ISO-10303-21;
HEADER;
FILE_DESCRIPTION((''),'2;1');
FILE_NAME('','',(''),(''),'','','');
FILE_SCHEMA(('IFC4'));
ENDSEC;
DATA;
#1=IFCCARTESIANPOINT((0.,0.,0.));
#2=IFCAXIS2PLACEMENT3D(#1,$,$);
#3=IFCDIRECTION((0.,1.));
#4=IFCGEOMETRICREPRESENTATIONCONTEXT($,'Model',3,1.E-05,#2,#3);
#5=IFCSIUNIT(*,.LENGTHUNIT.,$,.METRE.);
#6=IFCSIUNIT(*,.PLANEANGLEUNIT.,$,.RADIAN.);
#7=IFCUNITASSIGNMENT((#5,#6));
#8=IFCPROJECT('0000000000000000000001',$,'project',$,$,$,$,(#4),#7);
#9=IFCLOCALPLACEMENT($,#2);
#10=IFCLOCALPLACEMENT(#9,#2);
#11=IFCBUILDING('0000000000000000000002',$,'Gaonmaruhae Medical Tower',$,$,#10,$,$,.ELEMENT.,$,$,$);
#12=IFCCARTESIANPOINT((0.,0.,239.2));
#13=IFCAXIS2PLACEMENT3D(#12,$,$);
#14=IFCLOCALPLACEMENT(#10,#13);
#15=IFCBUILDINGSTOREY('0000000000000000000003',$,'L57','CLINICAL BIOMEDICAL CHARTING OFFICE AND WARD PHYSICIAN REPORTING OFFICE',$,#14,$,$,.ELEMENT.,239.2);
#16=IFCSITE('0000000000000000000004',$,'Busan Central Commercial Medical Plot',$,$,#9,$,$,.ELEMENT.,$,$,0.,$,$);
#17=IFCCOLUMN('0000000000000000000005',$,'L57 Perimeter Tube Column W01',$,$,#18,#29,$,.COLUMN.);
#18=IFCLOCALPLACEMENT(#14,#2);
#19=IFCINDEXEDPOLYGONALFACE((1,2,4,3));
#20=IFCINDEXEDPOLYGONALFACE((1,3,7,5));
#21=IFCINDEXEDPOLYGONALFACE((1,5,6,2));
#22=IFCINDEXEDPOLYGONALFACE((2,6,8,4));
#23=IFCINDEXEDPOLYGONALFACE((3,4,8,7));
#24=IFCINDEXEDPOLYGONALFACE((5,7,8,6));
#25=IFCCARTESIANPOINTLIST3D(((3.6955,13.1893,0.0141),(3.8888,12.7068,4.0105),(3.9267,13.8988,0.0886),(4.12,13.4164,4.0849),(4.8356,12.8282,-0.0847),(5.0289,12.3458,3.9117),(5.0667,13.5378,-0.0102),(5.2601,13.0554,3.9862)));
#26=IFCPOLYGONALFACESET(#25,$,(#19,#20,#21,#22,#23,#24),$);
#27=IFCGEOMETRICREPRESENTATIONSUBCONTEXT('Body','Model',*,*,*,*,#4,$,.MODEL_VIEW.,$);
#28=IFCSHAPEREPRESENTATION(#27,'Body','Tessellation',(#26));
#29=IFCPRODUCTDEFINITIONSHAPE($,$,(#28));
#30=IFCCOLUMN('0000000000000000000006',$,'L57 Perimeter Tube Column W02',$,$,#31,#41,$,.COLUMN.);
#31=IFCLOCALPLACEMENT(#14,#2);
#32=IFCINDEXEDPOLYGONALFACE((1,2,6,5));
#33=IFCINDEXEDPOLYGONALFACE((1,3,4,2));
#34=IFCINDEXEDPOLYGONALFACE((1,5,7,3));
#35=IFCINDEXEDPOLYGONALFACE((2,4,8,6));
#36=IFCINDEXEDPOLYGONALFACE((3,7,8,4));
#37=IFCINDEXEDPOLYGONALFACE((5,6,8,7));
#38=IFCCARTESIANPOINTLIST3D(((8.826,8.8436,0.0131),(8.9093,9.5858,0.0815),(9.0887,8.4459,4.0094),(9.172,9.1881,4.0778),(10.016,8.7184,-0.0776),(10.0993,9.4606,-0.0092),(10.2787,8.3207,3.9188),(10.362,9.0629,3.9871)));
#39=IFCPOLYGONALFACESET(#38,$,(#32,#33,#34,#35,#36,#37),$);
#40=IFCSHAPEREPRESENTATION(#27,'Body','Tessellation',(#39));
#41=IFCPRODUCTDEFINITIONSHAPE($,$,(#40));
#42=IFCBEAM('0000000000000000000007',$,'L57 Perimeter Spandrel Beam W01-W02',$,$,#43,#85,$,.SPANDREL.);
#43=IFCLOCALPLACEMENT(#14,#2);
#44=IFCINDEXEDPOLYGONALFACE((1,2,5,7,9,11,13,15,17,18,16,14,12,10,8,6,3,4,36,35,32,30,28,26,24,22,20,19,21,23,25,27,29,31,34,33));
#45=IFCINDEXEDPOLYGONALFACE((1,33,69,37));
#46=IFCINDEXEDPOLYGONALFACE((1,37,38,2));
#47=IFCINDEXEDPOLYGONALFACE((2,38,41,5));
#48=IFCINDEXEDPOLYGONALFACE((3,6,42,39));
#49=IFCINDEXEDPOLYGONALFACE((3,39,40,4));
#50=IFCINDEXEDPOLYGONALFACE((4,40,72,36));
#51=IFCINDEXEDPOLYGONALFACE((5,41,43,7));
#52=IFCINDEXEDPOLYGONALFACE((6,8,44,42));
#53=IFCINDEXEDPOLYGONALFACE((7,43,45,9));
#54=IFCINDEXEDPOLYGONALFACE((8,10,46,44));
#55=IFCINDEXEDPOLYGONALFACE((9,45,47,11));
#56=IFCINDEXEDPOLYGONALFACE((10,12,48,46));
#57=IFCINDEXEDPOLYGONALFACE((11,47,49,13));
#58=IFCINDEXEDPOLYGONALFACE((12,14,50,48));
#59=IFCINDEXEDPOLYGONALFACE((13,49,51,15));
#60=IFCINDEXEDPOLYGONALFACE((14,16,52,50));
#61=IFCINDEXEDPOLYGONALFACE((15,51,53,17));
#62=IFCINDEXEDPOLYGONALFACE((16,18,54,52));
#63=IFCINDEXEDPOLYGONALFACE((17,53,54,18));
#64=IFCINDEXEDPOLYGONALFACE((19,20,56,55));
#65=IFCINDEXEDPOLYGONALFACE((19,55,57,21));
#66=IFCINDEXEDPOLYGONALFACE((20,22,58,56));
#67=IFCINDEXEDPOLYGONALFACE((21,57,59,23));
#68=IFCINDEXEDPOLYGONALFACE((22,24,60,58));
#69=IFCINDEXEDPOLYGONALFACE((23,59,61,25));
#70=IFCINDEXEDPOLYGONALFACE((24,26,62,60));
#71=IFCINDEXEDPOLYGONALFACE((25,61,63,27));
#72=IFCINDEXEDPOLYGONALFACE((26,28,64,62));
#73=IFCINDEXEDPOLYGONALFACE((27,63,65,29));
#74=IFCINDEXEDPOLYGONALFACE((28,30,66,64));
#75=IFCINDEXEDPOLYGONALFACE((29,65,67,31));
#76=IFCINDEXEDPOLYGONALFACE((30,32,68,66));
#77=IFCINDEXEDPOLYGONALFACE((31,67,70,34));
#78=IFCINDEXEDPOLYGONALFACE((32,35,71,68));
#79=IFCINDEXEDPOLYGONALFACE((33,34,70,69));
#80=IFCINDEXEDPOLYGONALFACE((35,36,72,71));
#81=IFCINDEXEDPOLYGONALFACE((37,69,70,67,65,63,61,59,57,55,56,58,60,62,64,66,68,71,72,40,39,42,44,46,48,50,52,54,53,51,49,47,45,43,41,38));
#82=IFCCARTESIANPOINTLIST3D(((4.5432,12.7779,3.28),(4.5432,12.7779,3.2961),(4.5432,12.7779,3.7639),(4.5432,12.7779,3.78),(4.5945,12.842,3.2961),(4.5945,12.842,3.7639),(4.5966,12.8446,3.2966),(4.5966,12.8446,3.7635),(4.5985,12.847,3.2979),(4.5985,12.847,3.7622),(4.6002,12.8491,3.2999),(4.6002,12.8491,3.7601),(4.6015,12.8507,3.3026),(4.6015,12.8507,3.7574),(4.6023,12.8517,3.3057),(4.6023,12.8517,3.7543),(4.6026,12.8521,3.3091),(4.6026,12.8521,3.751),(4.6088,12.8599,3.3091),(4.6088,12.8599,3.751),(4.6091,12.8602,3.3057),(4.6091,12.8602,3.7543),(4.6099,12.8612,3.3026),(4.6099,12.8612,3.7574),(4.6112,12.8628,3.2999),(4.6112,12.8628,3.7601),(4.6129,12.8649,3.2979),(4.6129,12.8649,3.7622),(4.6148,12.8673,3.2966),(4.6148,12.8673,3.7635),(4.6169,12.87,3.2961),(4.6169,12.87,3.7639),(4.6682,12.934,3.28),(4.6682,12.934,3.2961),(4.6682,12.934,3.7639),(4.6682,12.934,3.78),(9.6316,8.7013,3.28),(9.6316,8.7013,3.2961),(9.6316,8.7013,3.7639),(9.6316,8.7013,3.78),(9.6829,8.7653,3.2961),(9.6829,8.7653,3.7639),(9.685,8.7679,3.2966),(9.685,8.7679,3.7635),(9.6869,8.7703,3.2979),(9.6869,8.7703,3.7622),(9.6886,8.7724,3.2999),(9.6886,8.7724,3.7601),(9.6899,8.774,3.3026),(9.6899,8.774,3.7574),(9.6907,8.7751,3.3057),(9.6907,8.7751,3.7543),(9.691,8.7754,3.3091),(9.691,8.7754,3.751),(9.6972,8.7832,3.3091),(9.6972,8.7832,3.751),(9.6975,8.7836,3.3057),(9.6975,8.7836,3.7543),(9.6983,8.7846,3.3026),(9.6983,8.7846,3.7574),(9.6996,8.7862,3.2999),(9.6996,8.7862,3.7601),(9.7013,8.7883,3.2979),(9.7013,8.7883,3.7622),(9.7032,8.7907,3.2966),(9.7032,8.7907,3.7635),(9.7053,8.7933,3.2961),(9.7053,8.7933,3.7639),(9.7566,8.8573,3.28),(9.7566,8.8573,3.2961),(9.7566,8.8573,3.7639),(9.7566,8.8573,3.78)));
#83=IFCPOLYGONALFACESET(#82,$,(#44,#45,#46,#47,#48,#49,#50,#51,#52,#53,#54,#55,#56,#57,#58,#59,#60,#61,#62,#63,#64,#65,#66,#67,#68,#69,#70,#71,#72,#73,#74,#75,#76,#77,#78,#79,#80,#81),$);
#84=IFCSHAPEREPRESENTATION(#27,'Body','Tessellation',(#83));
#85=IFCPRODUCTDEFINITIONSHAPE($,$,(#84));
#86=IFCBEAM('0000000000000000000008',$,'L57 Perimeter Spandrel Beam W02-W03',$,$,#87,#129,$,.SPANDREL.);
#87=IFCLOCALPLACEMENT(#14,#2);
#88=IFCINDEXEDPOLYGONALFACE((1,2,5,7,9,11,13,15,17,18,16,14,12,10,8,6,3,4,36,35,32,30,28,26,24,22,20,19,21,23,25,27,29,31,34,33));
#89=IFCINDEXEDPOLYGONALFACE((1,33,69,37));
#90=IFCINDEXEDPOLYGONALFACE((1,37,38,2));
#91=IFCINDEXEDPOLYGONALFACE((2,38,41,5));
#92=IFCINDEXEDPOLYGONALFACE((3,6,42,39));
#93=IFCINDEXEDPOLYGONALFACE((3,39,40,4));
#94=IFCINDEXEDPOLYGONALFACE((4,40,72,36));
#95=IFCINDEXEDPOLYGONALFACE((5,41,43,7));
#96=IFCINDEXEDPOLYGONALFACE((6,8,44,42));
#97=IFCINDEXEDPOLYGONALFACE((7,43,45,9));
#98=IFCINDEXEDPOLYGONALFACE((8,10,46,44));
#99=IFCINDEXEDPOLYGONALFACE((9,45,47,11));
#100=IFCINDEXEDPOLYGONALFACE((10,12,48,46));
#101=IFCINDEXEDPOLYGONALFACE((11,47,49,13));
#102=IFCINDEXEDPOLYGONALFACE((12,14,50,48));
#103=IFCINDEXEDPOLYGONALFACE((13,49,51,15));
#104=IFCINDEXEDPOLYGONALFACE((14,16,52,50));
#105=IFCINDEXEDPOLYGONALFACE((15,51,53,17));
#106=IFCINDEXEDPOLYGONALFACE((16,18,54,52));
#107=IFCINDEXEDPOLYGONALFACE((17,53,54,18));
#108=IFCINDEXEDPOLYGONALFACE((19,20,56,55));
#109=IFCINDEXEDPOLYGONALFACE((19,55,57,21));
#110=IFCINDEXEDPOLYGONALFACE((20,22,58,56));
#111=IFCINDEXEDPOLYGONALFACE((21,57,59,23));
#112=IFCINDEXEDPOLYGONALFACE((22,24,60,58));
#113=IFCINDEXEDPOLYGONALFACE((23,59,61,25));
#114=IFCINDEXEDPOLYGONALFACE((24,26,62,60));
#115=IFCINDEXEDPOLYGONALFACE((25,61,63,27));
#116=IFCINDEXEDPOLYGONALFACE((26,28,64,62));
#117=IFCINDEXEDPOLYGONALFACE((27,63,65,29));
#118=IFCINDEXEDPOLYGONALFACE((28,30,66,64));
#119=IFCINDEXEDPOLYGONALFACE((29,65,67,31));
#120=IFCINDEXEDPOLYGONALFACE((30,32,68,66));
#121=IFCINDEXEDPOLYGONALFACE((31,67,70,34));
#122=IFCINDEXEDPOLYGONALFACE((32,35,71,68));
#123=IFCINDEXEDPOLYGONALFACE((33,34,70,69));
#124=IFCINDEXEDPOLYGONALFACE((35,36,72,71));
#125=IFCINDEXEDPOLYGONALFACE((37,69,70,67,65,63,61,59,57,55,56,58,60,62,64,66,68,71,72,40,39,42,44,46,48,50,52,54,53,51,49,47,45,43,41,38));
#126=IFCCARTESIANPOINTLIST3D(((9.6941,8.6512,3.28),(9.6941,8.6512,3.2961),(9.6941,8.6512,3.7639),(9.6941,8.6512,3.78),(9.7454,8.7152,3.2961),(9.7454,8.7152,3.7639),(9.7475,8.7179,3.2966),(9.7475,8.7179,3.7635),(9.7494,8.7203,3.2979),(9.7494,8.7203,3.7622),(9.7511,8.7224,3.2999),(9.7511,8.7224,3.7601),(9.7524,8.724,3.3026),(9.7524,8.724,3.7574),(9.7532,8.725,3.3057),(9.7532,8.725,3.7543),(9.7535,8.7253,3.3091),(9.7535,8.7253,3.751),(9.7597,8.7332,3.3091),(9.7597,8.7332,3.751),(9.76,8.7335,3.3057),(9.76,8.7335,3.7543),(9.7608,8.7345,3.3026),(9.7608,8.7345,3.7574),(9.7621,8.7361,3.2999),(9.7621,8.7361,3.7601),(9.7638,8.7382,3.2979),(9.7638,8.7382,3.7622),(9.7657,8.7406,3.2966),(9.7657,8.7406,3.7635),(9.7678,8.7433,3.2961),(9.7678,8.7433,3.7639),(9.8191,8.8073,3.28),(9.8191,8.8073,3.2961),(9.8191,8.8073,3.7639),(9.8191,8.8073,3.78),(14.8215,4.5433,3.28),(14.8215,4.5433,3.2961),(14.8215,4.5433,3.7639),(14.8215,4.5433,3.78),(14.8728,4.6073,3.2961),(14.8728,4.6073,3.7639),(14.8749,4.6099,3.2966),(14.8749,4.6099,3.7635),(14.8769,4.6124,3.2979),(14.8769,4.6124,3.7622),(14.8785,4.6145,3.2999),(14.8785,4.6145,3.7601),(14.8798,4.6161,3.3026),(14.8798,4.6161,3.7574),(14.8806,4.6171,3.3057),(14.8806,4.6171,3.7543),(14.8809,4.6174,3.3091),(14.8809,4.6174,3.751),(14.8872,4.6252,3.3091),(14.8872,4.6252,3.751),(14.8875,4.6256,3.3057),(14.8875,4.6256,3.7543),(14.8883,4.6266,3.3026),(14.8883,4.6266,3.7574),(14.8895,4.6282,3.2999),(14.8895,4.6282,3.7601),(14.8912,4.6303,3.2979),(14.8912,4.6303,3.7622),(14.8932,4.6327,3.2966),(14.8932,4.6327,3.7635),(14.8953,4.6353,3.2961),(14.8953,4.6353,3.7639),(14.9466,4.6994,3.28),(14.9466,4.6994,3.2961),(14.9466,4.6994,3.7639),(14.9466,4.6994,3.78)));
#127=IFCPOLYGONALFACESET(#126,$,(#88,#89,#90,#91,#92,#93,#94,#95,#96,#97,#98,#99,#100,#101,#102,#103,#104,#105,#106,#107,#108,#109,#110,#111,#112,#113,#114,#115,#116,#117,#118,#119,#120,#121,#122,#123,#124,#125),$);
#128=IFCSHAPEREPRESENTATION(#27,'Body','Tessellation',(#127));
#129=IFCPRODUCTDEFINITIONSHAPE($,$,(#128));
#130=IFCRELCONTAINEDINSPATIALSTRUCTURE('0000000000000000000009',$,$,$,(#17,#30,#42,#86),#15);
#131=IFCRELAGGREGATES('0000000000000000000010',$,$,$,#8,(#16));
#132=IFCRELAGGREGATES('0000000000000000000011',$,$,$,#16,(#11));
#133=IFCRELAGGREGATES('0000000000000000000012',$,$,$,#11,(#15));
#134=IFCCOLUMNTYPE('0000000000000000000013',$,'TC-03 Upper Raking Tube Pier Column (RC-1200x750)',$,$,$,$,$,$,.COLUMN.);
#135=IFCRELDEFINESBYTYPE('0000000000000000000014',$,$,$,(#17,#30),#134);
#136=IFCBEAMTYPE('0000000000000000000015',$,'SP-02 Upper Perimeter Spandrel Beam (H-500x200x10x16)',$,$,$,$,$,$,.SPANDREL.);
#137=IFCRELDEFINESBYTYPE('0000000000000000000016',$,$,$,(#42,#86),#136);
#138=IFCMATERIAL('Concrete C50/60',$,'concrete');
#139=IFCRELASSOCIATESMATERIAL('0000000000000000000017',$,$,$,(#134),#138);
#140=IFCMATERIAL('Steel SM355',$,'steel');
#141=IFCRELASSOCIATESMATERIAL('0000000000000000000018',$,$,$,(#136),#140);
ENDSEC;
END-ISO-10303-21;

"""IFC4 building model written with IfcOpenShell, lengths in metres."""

from ifc_helpers import new_model, si_unit, direction, frame, origin, origin_2d, place, context, subcontext, project, spatial, rectangle, i_section, extrude, material, material_profile, profile_set, type_object, element, save


model = new_model("IFC4")

# Units and contexts
model_context = context("Model", 3, precision=1e-05, world=origin(), true_north=direction((0.0, 1.0)))
body_context = subcontext(model_context, "Body", "Model", "MODEL_VIEW")
ifc_project = project(units=[si_unit("LENGTHUNIT", "METRE"), si_unit("PLANEANGLEUNIT", "RADIAN")], contexts=[model_context])

# Site, building, storey
site_placement = place(None, origin())
site = spatial("IfcSite", under=ifc_project, at=site_placement, Name="Busan Central Commercial Medical Plot", CompositionType="ELEMENT", RefElevation=0.0)
building_placement = place(site_placement, origin())
building = spatial("IfcBuilding", under=site, at=building_placement, Name="Gaonmaruhae Medical Tower", CompositionType="ELEMENT")
storey_placement = place(building_placement, frame((0.0, 0.0, 239.2)))
storey = spatial("IfcBuildingStorey", under=building, at=storey_placement, Name="L57", Description="CLINICAL BIOMEDICAL CHARTING OFFICE AND WARD PHYSICIAN REPORTING OFFICE", CompositionType="ELEMENT", Elevation=239.2)

# Columns
ifc_material_1 = material(Name="Concrete C50/60", Category="concrete")
ifc_material_profile_1 = material_profile(ifc_material_1, rectangle(XDim=1.2, YDim=0.75, at=origin_2d()), Name="RC-1200x750")
ifc_profile_set_1 = profile_set([ifc_material_profile_1], Name="Concrete C50/60")
column_type = type_object("IfcColumnType", Name="TC-03 Upper Raking Tube Pier Column (RC-1200x750)", PredefinedType="COLUMN", material=ifc_profile_set_1)
column_1_placement = place(storey_placement, frame((4.3811, 13.3635, 0.002), z_axis=(0.04798, -0.119708, 0.991649), x_axis=(-0.950101, 0.300892, 0.082292)))
element("IfcColumn", 1, at=column_1_placement, inside=storey, type_object=column_type, Name="L57 Perimeter Tube Column W01", PredefinedType="COLUMN", context=body_context, shape_type="SweptSolid", body=[
    extrude(rectangle(XDim=1.2, YDim=0.75, at=origin_2d()), origin(), (0.0, 0.0, 1.0), 4.03),
])
column_2_placement = place(storey_placement, frame((9.4626, 9.1521, 0.002), z_axis=(0.065271, -0.098817, 0.992963), x_axis=(-0.991668, 0.104324, 0.075568)))
element("IfcColumn", 2, at=column_2_placement, inside=storey, type_object=column_type, Name="L57 Perimeter Tube Column W02", PredefinedType="COLUMN", context=body_context, shape_type="SweptSolid", body=[
    extrude(rectangle(XDim=1.2, YDim=0.75, at=origin_2d()), origin(), (0.0, 0.0, 1.0), 4.0247),
])

# Beams
ifc_material_2 = material(Name="Steel SM355", Category="steel")
ifc_material_profile_2 = material_profile(ifc_material_2, i_section(OverallWidth=0.2, OverallDepth=0.5, WebThickness=0.01, FlangeThickness=0.0161, FilletRadius=0.0129, at=origin_2d()), Name="H-500x200x10x16")
ifc_profile_set_2 = profile_set([ifc_material_profile_2], Name="Steel SM355")
beam_type = type_object("IfcBeamType", Name="SP-02 Upper Perimeter Spandrel Beam (H-500x200x10x16)", PredefinedType="SPANDREL", material=ifc_profile_set_2)
beam_1_placement = place(storey_placement, frame((4.6057, 12.856, 3.53), z_axis=(0.780423, -0.625252, 0.0), x_axis=(0.625252, 0.780423, 0.0)))
element("IfcBeam", 3, at=beam_1_placement, inside=storey, type_object=beam_type, Name="L57 Perimeter Spandrel Beam W01-W02", PredefinedType="SPANDREL", context=body_context, shape_type="SweptSolid", body=[
    extrude(i_section(OverallWidth=0.2, OverallDepth=0.5, WebThickness=0.01, FlangeThickness=0.0161, FilletRadius=0.0129, at=origin_2d()), origin(), (0.0, 0.0, 1.0), 6.52),
])
beam_2_placement = place(storey_placement, frame((9.7566, 8.7292, 3.53), z_axis=(0.780426, -0.625248, 0.0), x_axis=(0.625248, 0.780426, 0.0)))
element("IfcBeam", 4, at=beam_2_placement, inside=storey, type_object=beam_type, Name="L57 Perimeter Spandrel Beam W02-W03", PredefinedType="SPANDREL", context=body_context, shape_type="SweptSolid", body=[
    extrude(i_section(OverallWidth=0.2, OverallDepth=0.5, WebThickness=0.01, FlangeThickness=0.0161, FilletRadius=0.0129, at=origin_2d()), origin(), (0.0, 0.0, 1.0), 6.5701),
])

save(model, "model.ifc")
